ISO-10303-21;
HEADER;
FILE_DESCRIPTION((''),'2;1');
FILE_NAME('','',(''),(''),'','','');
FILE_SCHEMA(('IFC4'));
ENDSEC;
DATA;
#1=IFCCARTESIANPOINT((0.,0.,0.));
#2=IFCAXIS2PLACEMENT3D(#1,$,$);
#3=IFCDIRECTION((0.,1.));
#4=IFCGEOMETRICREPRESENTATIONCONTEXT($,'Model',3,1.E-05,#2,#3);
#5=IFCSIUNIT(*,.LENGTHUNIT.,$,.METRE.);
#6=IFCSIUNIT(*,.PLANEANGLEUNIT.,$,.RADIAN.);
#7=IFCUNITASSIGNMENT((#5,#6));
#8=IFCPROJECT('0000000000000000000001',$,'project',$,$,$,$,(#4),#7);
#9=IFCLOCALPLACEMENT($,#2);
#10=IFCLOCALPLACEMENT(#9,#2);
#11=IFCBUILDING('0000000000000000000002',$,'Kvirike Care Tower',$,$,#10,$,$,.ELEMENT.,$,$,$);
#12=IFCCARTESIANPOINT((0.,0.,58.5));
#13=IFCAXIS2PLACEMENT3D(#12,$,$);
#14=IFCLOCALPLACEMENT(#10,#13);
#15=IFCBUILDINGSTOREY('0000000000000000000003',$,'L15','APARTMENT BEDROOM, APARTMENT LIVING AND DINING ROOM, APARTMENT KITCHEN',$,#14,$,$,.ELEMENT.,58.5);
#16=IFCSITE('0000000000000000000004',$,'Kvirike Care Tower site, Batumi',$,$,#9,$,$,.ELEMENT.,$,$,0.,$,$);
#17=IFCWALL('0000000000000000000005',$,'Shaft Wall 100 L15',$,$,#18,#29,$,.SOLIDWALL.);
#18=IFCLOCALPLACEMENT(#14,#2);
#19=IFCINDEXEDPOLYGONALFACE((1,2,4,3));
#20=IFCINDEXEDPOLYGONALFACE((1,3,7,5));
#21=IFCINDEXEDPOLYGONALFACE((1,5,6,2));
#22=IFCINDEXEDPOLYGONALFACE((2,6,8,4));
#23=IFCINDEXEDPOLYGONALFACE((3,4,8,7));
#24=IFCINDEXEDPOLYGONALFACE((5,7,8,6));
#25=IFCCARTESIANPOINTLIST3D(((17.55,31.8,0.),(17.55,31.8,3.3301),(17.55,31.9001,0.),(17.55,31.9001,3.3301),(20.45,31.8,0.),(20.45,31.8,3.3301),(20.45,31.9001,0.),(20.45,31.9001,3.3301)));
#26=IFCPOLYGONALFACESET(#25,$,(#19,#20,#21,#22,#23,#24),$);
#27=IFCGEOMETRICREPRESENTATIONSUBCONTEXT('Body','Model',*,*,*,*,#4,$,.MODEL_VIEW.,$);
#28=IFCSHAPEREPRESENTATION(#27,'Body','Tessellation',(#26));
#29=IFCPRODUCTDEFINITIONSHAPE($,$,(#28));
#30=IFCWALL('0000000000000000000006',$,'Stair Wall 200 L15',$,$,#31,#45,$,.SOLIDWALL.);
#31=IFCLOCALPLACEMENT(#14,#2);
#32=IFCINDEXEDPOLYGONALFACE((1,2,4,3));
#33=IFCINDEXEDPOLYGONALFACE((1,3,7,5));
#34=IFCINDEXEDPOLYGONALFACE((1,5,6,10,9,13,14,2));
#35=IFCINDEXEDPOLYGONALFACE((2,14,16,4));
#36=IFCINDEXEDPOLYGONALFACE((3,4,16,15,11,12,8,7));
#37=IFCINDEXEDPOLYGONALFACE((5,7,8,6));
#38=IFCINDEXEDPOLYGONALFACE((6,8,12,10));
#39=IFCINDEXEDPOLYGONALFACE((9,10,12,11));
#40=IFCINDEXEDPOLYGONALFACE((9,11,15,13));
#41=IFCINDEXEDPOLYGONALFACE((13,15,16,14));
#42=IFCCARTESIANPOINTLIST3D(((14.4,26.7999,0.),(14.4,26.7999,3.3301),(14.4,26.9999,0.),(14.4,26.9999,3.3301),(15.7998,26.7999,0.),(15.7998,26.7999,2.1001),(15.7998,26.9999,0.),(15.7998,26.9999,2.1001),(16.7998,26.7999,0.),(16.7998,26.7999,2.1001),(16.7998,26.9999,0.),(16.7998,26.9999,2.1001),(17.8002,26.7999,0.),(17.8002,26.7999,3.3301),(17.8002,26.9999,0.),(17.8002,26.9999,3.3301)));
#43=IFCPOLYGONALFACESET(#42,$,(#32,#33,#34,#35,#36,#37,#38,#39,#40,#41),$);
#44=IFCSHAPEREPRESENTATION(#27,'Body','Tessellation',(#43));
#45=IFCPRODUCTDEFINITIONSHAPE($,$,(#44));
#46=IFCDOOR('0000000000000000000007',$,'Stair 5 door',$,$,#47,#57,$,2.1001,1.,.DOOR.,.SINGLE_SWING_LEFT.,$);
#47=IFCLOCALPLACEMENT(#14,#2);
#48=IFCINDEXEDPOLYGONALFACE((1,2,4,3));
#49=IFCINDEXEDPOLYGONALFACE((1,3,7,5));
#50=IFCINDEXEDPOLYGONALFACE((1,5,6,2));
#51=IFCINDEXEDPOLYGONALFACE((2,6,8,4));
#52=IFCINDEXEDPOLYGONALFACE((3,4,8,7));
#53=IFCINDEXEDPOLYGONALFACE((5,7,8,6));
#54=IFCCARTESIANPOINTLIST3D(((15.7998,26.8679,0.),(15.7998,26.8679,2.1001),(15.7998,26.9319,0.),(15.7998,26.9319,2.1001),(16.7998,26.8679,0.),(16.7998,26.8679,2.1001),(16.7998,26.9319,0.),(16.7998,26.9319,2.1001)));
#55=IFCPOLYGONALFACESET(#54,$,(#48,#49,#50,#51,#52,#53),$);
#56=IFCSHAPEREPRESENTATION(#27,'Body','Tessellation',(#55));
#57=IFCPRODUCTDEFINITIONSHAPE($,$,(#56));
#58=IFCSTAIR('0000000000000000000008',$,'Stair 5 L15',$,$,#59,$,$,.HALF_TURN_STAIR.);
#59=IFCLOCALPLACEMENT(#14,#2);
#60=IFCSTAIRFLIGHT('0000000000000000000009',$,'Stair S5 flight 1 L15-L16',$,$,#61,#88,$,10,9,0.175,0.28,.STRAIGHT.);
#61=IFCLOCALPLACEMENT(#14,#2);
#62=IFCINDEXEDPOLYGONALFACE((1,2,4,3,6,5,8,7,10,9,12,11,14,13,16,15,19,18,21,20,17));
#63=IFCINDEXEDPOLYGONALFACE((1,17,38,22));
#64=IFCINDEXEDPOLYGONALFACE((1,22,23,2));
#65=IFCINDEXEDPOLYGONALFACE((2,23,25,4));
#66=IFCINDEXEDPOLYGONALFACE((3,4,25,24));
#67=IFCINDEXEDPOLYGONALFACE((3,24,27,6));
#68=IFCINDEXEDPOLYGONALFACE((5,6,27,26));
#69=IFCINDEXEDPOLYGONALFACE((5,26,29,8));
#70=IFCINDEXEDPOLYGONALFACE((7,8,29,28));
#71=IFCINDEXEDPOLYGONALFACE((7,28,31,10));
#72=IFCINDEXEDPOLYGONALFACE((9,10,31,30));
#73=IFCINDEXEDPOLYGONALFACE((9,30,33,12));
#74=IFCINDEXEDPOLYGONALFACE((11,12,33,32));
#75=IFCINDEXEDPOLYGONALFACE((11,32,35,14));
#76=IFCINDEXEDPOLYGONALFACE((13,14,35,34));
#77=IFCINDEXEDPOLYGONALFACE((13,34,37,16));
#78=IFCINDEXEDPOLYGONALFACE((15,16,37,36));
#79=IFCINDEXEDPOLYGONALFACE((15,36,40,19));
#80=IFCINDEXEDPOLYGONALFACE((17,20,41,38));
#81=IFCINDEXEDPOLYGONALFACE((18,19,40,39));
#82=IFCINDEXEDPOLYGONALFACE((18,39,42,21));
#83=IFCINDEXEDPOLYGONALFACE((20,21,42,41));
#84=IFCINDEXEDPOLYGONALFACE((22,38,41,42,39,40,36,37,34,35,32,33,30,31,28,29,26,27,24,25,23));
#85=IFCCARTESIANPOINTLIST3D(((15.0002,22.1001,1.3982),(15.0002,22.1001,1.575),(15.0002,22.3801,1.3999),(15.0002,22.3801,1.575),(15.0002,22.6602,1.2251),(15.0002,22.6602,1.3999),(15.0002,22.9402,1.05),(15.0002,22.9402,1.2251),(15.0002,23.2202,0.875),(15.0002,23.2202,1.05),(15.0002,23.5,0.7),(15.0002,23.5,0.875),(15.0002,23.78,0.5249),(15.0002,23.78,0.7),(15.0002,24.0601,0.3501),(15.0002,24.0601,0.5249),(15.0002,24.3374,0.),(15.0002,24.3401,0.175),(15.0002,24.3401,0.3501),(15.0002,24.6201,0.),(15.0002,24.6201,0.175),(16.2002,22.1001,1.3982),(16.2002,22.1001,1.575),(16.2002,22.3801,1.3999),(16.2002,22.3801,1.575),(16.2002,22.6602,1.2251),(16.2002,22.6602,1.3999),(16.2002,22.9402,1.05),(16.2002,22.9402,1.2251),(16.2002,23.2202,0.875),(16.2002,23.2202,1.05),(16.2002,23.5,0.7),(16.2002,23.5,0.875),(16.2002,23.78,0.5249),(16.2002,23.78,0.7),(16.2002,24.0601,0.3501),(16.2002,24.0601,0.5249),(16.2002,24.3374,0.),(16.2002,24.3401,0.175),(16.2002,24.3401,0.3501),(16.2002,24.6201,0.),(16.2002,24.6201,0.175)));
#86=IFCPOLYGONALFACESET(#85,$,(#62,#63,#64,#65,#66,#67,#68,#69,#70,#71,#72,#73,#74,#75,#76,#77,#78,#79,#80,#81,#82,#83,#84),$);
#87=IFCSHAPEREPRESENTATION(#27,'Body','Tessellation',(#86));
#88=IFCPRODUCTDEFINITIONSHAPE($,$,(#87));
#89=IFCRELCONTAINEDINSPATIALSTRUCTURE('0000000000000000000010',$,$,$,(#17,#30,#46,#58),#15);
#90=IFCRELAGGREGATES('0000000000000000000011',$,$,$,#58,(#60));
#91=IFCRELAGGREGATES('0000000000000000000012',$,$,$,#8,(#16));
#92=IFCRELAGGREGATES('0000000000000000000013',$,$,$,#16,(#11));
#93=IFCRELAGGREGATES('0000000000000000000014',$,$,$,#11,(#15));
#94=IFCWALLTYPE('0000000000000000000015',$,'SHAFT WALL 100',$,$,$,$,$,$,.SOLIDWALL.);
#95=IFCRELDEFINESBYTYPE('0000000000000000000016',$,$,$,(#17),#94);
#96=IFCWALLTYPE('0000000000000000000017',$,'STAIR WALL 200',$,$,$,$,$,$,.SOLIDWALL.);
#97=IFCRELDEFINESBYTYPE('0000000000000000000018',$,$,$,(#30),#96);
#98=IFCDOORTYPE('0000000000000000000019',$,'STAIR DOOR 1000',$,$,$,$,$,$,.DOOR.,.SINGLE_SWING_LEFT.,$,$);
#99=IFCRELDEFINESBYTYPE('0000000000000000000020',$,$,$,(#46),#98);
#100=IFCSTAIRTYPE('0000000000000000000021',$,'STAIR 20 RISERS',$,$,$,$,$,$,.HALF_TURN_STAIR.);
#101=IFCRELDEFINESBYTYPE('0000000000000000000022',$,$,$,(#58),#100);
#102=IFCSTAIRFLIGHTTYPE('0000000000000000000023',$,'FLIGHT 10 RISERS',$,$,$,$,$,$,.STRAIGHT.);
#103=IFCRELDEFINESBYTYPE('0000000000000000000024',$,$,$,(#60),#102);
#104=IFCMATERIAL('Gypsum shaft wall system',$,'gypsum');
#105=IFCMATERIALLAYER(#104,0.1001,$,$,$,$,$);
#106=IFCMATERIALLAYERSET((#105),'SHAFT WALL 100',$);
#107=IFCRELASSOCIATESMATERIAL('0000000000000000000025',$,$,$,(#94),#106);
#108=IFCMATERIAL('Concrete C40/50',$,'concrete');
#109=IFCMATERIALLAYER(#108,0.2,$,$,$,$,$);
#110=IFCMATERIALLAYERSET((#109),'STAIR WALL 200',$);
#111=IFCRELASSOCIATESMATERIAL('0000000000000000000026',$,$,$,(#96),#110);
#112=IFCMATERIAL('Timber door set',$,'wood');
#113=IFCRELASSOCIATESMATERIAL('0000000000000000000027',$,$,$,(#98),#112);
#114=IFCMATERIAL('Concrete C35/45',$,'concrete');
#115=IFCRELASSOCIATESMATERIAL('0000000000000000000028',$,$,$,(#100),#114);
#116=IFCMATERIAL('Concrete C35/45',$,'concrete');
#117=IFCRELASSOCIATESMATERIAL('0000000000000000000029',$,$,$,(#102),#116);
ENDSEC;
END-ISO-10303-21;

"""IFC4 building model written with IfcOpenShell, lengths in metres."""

from ifc_helpers import new_model, si_unit, direction, frame, frame_2d, origin, place, context, subcontext, project, spatial, polyline, rectangle, outline, extrude, material, layer, layer_set, type_object, element, fill, aggregate, save


model = new_model("IFC4")

# Units and contexts
model_context = context("Model", 3, precision=1e-05, world=origin(), true_north=direction((0.0, 1.0)))
body_context = subcontext(model_context, "Body", "Model", "MODEL_VIEW")
ifc_project = project(units=[si_unit("LENGTHUNIT", "METRE"), si_unit("PLANEANGLEUNIT", "RADIAN")], contexts=[model_context])

# Site, building, storey
site_placement = place(None, origin())
site = spatial("IfcSite", under=ifc_project, at=site_placement, Name="Kvirike Care Tower site, Batumi", CompositionType="ELEMENT", RefElevation=0.0)
building_placement = place(site_placement, origin())
building = spatial("IfcBuilding", under=site, at=building_placement, Name="Kvirike Care Tower", CompositionType="ELEMENT")
storey_placement = place(building_placement, frame((0.0, 0.0, 58.5)))
storey = spatial("IfcBuildingStorey", under=building, at=storey_placement, Name="L15", Description="APARTMENT BEDROOM, APARTMENT LIVING AND DINING ROOM, APARTMENT KITCHEN", CompositionType="ELEMENT", Elevation=58.5)

# Wall
ifc_material_1 = material(Name="Gypsum shaft wall system", Category="gypsum")
ifc_layer_1 = layer(ifc_material_1, 0.1001)
ifc_layer_set_1 = layer_set([ifc_layer_1], Name="SHAFT WALL 100")
wall_type_1 = type_object("IfcWallType", Name="SHAFT WALL 100", PredefinedType="SOLIDWALL", material=ifc_layer_set_1)
wall_1_placement = place(storey_placement, frame((17.55, 31.8501, 0.0), z_axis=(0.0, 0.0, 1.0), x_axis=(1.0, 0.0, 0.0)))
element("IfcWall", 1, at=wall_1_placement, inside=storey, type_object=wall_type_1, Name="Shaft Wall 100 L15", PredefinedType="SOLIDWALL", context=body_context, shape_type="SweptSolid", body=[
    extrude(rectangle(XDim=2.8999, YDim=0.1001, at=frame_2d((1.45, 0.0))), origin(), (0.0, 0.0, 1.0), 3.3301),
])

# Wall, opening, door
ifc_material_2 = material(Name="Concrete C40/50", Category="concrete")
ifc_layer_2 = layer(ifc_material_2, 0.2)
ifc_layer_set_2 = layer_set([ifc_layer_2], Name="STAIR WALL 200")
wall_type_2 = type_object("IfcWallType", Name="STAIR WALL 200", PredefinedType="SOLIDWALL", material=ifc_layer_set_2)
wall_2_placement = place(storey_placement, frame((14.3999, 26.8999, 0.0), z_axis=(0.0, 0.0, 1.0), x_axis=(1.0, 0.0, 0.0)))
wall_2 = element("IfcWall", 2, at=wall_2_placement, inside=storey, type_object=wall_type_2, Name="Stair Wall 200 L15", PredefinedType="SOLIDWALL", context=body_context, shape_type="SweptSolid", body=[
    extrude(rectangle(XDim=3.4001, YDim=0.2, at=frame_2d((1.7002, 0.0))), origin(), (0.0, 0.0, 1.0), 3.3301),
])
opening_1_placement = place(wall_2_placement, frame((1.3999, 0.0, 0.0)))
opening_1 = element("IfcOpeningElement", 3, at=opening_1_placement, cuts=wall_2, PredefinedType="OPENING", context=body_context, shape_type="SweptSolid", body=[
    extrude(rectangle(XDim=1.0, YDim=2.1001, at=frame_2d((0.5, 1.05))), frame((0.0, 0.1106, 0.0), z_axis=(0.0, -1.0, 0.0), x_axis=(1.0, 0.0, 0.0)), (0.0, 0.0, 1.0), 0.2209),
])
ifc_material_3 = material(Name="Timber door set", Category="wood")
door_type_1 = type_object("IfcDoorType", Name="STAIR DOOR 1000", OperationType="SINGLE_SWING_LEFT", PredefinedType="DOOR", material=ifc_material_3)
door_1_placement = place(opening_1_placement, frame((1.0, 0.0, 0.0), z_axis=(0.0, 0.0, 1.0), x_axis=(-1.0, 0.0, 0.0)))
door_1 = element("IfcDoor", 4, at=door_1_placement, inside=storey, type_object=door_type_1, Name="Stair 5 door", OperationType="SINGLE_SWING_LEFT", OverallHeight=2.1001, OverallWidth=1.0, PredefinedType="DOOR", context=body_context, shape_type="SweptSolid", body=[
    extrude(rectangle(XDim=1.0, YDim=2.1001, at=frame_2d((0.5, 1.05))), frame((0.0, 0.032, 0.0), z_axis=(0.0, -1.0, 0.0), x_axis=(1.0, 0.0, 0.0)), (0.0, 0.0, 1.0), 0.064),
])
fill(opening_1, door_1)

# Stair, stair flight
ifc_material_4 = material(Name="Concrete C35/45", Category="concrete")
stair_type = type_object("IfcStairType", Name="STAIR 20 RISERS", PredefinedType="HALF_TURN_STAIR", material=ifc_material_4)
stair_placement = place(storey_placement, origin())
stair = element("IfcStair", 5, at=stair_placement, inside=storey, type_object=stair_type, Name="Stair 5 L15", PredefinedType="HALF_TURN_STAIR")
ifc_material_5 = material(Name="Concrete C35/45", Category="concrete")
stair_flight_type = type_object("IfcStairFlightType", Name="FLIGHT 10 RISERS", PredefinedType="STRAIGHT", material=ifc_material_5)
stair_flight_placement = place(storey_placement, frame((15.6001, 24.6201, 0.0), z_axis=(0.0, 0.0, 1.0), x_axis=(0.0, -1.0, 0.0)))
stair_flight = element("IfcStairFlight", 6, at=stair_flight_placement, type_object=stair_flight_type, Name="Stair S5 flight 1 L15-L16", NumberOfRisers=10, NumberOfTreads=9, PredefinedType="STRAIGHT", RiserHeight=0.175, TreadLength=0.28, context=body_context, shape_type="SweptSolid", body=[
    extrude(outline(polyline([(0.0, 0.0), (0.0, 0.175), (0.28, 0.175), (0.28, 0.3501), (0.5601, 0.3501), (0.5601, 0.5249), (0.8401, 0.5249), (0.8401, 0.7), (1.1201, 0.7), (1.1201, 0.875), (1.3999, 0.875), (1.3999, 1.05), (1.6799, 1.05), (1.6799, 1.2251), (1.96, 1.2251), (1.96, 1.3999), (2.24, 1.3999), (2.24, 1.575), (2.52, 1.575), (2.52, 1.75), (2.52, 1.3982), (0.2827, 0.0), (0.0, 0.0)])), frame((0.0, 0.6001, 0.0), z_axis=(0.0, -1.0, 0.0), x_axis=(1.0, 0.0, 0.0)), (0.0, 0.0, 1.0), 1.2),
])
aggregate(stair, [stair_flight])

save(model, "model.ifc")
